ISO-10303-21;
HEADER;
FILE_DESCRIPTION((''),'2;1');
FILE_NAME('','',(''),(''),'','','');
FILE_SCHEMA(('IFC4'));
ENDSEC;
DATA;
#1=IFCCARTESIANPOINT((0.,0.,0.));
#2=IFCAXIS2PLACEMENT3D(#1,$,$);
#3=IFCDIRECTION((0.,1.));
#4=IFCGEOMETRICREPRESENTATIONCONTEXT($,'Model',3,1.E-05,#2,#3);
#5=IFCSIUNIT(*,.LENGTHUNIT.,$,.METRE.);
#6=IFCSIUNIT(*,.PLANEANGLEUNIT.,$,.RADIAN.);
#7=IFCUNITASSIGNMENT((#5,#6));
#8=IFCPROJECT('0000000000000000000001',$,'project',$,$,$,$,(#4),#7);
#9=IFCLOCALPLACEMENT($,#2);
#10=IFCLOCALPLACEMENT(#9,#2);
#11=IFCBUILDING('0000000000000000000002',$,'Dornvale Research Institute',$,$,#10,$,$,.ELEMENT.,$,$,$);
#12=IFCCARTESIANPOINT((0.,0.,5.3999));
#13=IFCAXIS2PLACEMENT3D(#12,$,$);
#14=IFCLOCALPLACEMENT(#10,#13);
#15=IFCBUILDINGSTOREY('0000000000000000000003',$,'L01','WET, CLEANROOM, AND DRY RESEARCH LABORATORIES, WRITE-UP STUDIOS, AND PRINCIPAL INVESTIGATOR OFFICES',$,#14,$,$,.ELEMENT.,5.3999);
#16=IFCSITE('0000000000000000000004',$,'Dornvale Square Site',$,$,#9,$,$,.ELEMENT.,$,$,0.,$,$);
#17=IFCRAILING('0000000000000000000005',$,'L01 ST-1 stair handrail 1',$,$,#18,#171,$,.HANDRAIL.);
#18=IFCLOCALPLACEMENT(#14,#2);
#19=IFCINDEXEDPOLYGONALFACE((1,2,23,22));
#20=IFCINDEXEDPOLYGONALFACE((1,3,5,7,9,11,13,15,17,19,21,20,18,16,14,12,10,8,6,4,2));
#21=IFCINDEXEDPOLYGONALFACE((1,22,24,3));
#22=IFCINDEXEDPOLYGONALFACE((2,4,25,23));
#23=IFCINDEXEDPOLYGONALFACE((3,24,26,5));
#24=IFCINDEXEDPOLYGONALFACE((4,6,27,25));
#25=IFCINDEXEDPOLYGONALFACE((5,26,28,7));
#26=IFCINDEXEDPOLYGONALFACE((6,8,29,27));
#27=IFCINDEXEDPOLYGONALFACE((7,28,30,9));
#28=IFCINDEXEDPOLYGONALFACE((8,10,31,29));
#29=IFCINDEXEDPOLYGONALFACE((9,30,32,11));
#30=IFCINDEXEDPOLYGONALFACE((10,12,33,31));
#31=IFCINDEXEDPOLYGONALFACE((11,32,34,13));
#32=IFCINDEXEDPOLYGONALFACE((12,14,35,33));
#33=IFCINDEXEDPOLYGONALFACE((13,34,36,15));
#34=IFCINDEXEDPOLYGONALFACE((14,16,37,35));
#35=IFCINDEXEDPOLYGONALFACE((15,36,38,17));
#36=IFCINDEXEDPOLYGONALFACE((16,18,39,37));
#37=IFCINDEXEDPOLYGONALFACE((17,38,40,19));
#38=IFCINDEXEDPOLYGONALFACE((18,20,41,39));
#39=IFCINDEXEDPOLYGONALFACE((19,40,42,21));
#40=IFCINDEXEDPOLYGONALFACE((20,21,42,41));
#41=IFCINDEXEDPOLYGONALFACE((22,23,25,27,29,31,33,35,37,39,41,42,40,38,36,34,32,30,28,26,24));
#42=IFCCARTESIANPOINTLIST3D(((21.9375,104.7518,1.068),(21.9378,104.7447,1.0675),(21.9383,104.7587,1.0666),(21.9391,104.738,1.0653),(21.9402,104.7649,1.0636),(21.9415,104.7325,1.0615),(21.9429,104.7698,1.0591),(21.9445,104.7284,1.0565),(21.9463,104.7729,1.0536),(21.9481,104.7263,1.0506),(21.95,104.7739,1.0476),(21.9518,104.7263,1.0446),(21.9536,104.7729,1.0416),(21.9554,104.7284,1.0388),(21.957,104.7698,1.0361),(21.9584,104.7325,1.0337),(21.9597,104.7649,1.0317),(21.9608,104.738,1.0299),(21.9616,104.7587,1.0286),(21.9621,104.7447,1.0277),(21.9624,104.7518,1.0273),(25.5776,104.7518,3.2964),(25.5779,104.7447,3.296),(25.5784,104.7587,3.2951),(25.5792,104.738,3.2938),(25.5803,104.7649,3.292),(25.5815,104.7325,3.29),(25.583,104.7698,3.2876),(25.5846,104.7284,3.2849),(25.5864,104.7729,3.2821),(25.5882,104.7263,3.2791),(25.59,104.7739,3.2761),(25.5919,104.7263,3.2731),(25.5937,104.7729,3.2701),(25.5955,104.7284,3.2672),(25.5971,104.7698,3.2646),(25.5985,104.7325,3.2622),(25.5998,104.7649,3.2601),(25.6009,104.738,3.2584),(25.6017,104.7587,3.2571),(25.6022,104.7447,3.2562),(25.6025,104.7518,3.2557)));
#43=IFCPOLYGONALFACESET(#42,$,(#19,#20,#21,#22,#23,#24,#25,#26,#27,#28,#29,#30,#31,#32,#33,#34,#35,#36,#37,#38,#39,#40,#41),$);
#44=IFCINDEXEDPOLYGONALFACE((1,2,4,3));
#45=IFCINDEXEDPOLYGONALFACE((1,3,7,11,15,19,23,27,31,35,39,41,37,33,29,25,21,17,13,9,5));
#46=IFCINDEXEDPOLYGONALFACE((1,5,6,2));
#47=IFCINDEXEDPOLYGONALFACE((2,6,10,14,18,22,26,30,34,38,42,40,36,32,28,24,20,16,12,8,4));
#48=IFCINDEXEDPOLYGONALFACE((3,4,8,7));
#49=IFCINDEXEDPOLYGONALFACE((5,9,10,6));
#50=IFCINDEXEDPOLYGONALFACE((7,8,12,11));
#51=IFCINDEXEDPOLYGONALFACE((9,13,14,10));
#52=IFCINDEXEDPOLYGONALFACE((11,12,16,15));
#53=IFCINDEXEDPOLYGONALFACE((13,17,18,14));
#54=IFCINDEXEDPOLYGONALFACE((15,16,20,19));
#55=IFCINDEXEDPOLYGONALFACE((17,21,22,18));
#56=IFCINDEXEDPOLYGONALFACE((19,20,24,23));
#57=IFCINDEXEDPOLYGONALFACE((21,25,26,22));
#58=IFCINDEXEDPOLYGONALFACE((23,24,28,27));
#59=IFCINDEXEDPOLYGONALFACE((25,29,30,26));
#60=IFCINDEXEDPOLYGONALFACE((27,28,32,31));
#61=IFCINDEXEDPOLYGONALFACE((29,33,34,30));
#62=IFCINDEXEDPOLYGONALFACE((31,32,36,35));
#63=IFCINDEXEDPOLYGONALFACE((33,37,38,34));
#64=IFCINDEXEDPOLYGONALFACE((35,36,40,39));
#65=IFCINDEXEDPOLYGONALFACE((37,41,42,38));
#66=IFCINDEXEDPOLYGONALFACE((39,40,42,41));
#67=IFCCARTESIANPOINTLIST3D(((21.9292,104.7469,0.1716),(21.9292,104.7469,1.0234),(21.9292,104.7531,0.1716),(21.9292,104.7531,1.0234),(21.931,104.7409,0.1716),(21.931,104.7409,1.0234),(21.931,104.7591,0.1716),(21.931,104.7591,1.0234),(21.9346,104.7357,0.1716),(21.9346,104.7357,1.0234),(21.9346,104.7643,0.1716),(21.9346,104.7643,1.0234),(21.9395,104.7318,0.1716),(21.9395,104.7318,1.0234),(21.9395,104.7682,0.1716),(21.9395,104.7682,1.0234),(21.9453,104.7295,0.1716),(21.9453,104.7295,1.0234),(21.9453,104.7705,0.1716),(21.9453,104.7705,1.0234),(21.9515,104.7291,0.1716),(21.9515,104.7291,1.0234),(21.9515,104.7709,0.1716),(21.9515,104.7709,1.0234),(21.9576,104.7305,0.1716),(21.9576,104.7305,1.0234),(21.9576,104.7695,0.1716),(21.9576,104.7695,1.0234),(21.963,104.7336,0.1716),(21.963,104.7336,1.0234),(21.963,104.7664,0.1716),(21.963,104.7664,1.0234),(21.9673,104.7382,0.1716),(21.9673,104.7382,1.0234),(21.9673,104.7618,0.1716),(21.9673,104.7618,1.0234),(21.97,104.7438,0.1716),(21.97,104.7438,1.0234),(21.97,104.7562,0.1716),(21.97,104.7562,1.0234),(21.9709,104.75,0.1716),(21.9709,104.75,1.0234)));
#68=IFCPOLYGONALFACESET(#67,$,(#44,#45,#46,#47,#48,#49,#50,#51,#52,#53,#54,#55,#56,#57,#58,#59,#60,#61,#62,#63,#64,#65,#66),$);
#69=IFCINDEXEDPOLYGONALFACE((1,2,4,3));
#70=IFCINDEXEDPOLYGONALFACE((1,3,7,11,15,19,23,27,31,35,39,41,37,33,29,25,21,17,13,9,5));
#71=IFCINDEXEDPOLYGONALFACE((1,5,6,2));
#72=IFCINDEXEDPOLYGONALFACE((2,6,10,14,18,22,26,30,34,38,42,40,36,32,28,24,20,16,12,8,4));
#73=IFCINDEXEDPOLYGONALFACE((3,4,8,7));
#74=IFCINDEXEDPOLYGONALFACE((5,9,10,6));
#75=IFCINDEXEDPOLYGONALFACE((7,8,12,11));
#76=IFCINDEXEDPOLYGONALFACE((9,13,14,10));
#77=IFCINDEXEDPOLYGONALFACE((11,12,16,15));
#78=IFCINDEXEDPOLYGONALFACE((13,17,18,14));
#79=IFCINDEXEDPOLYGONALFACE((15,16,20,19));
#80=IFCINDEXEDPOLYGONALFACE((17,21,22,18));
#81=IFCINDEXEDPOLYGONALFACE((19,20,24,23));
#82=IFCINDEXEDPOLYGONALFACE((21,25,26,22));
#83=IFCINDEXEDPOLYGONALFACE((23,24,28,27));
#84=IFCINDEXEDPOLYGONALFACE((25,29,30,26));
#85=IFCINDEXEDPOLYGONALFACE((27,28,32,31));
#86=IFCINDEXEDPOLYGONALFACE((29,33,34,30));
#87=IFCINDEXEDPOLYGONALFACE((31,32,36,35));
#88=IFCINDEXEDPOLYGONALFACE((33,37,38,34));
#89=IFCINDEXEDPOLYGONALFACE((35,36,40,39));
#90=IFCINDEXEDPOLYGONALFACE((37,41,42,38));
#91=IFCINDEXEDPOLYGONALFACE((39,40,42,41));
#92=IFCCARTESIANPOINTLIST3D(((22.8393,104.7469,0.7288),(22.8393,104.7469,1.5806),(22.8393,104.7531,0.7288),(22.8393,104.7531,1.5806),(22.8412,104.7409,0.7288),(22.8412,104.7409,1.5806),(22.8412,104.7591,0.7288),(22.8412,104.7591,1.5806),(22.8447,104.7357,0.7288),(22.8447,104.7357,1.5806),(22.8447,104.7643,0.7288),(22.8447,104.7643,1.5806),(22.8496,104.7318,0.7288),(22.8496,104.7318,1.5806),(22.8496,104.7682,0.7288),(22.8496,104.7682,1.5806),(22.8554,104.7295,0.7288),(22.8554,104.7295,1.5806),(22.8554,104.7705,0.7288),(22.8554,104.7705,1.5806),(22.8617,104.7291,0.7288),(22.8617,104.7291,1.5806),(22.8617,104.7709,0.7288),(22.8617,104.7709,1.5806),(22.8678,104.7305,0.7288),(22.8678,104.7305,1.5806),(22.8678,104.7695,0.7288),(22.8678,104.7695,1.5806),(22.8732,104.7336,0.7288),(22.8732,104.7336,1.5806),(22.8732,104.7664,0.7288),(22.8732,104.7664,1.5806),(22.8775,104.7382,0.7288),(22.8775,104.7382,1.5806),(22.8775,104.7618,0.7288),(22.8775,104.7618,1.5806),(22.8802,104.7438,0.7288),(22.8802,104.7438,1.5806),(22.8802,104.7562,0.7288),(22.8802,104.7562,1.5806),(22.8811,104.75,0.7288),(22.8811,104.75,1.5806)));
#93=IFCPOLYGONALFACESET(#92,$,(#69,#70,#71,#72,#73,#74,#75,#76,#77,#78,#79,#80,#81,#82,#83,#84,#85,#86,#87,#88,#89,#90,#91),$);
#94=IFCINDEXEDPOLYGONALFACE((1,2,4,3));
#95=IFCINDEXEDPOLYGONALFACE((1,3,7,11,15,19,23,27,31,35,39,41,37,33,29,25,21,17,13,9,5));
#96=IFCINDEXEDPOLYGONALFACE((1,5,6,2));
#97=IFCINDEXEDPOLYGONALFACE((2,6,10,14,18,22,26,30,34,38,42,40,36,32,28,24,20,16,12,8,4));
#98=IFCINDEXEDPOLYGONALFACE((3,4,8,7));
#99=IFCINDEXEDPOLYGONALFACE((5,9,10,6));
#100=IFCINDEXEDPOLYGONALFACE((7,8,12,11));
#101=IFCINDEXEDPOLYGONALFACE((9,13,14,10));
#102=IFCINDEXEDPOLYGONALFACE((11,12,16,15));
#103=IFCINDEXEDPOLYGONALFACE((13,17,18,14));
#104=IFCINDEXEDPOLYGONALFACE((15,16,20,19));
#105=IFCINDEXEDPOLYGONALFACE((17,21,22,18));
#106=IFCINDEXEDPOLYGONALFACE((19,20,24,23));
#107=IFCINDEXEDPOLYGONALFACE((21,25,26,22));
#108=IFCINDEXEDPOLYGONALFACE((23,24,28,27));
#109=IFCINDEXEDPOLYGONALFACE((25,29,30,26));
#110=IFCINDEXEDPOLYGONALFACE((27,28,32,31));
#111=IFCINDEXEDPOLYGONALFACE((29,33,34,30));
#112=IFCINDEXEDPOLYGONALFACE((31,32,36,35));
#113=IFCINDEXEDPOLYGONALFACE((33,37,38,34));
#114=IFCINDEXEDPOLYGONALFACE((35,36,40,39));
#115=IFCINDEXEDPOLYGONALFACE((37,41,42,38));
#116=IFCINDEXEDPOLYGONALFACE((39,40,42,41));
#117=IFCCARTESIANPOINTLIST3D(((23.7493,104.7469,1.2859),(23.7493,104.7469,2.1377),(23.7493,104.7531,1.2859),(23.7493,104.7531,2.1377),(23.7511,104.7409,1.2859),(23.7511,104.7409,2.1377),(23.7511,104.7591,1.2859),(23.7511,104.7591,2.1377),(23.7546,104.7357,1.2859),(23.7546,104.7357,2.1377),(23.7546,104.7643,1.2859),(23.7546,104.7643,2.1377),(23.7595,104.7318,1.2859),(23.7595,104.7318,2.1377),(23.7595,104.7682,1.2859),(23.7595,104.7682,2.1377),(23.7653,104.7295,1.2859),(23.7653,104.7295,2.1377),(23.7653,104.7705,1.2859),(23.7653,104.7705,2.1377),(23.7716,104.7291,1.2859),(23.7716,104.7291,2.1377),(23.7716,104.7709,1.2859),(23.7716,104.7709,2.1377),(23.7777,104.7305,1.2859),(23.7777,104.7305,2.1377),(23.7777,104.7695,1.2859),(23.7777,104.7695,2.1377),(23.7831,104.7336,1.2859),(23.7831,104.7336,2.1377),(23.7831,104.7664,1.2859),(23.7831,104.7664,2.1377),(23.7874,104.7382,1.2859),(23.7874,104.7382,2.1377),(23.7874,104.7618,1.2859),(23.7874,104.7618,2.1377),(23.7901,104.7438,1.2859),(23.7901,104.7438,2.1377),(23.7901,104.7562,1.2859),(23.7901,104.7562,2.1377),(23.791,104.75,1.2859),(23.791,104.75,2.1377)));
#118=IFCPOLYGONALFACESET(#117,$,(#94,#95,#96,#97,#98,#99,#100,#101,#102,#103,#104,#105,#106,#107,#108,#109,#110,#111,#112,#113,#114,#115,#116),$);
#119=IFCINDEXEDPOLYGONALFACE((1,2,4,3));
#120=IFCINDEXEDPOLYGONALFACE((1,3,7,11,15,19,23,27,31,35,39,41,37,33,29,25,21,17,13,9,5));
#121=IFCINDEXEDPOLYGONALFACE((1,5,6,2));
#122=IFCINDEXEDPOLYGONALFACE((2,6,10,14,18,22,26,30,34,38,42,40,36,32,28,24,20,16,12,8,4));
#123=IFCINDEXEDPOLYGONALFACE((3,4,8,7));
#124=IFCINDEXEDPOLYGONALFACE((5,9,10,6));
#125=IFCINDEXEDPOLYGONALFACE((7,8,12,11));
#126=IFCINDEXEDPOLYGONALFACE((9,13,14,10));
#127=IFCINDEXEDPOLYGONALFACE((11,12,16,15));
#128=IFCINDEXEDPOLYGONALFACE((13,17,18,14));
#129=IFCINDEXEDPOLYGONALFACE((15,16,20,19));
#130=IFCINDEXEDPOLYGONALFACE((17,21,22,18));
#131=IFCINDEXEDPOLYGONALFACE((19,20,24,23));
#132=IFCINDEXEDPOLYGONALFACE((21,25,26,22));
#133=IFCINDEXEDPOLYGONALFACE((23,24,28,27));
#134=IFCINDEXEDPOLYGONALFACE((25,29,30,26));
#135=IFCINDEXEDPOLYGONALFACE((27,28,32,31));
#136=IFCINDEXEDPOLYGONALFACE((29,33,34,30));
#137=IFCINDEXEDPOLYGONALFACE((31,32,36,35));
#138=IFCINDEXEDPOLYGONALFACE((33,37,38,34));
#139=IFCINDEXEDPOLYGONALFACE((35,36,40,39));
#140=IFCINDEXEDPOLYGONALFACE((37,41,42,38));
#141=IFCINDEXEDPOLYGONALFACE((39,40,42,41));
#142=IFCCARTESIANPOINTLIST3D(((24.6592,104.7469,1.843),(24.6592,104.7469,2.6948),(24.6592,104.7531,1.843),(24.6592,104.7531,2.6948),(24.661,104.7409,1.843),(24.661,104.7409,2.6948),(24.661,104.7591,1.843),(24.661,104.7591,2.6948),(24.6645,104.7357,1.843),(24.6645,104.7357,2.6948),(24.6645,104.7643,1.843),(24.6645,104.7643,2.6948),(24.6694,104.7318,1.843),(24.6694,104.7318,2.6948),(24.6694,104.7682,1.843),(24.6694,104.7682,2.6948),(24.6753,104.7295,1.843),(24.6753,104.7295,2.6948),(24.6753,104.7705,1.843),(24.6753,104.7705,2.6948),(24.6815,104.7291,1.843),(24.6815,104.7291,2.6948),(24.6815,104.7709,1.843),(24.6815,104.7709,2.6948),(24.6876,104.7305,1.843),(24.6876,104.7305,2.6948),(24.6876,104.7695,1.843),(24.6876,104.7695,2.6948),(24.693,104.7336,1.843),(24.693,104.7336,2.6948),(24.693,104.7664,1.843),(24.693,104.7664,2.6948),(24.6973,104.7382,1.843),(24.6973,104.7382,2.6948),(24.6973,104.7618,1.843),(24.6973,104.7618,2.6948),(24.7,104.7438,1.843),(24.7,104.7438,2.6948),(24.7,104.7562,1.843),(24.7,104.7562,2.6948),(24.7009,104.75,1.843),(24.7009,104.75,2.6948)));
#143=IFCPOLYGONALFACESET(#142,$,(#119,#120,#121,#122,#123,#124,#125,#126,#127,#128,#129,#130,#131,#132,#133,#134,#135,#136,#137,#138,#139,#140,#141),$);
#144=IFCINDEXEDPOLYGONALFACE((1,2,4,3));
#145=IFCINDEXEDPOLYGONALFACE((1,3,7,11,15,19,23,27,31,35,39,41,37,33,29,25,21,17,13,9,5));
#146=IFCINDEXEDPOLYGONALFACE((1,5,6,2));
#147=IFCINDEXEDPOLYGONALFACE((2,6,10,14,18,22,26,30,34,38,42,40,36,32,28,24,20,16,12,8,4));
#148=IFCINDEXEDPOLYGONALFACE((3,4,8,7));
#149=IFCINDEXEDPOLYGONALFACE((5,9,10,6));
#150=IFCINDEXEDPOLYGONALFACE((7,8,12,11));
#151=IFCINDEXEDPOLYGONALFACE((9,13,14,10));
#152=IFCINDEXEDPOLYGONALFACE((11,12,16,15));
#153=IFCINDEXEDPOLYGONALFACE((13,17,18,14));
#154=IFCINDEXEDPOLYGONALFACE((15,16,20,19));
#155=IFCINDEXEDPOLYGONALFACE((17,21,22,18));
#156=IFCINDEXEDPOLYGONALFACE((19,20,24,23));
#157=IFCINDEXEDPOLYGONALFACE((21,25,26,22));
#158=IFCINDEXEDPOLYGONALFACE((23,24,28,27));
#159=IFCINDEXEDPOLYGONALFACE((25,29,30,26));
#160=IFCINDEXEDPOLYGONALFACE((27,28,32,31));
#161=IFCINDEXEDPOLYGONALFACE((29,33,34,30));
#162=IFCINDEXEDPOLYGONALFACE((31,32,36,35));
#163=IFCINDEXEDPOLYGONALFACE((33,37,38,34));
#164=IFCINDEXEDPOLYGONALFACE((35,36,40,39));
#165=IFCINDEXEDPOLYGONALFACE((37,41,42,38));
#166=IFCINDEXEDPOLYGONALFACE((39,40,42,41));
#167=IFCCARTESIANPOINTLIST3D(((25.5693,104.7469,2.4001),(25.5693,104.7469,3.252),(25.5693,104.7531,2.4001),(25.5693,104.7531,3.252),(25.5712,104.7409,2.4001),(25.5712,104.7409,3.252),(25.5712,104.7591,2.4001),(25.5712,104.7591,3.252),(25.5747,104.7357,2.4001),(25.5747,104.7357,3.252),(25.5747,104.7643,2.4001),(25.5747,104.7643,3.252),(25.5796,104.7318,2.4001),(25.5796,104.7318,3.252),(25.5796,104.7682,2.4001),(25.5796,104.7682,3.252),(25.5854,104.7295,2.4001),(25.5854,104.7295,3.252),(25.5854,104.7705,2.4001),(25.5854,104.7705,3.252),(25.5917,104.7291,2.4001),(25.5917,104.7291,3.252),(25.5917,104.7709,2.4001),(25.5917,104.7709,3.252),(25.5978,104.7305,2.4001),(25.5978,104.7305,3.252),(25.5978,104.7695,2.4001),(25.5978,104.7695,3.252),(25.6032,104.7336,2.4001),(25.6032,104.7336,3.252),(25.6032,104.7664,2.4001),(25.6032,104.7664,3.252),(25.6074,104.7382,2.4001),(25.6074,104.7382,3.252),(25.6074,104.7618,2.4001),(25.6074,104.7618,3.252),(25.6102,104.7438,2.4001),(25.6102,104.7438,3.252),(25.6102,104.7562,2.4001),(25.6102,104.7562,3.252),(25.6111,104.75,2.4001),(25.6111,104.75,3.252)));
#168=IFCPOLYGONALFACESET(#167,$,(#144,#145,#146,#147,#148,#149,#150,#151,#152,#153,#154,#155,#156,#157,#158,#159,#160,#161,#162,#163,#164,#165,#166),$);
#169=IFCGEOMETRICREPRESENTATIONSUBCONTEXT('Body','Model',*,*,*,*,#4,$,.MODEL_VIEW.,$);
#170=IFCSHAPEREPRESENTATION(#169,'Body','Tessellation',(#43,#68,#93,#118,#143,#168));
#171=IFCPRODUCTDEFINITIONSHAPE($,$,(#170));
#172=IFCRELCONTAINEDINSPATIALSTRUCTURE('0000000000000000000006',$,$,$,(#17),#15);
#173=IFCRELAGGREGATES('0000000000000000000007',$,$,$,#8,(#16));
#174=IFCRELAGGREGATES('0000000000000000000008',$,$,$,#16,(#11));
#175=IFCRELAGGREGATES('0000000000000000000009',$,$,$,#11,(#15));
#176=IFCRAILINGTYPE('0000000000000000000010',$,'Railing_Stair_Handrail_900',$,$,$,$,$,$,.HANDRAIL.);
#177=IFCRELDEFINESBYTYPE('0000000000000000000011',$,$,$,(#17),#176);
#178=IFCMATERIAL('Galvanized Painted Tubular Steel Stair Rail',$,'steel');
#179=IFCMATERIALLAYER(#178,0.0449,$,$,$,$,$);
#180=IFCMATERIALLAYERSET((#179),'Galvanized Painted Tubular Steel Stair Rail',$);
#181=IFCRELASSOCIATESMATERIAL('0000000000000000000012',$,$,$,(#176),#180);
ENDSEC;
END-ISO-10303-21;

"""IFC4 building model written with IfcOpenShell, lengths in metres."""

from ifc_helpers import new_model, si_unit, direction, frame, origin, origin_2d, place, context, subcontext, project, spatial, circle, extrude, material, layer, layer_set, type_object, element, save


model = new_model("IFC4")

# Units and contexts
model_context = context("Model", 3, precision=1e-05, world=origin(), true_north=direction((0.0, 1.0)))
body_context = subcontext(model_context, "Body", "Model", "MODEL_VIEW")
ifc_project = project(units=[si_unit("LENGTHUNIT", "METRE"), si_unit("PLANEANGLEUNIT", "RADIAN")], contexts=[model_context])

# Site, building, storey
site_placement = place(None, origin())
site = spatial("IfcSite", under=ifc_project, at=site_placement, Name="Dornvale Square Site", CompositionType="ELEMENT", RefElevation=0.0)
building_placement = place(site_placement, origin())
building = spatial("IfcBuilding", under=site, at=building_placement, Name="Dornvale Research Institute", CompositionType="ELEMENT")
storey_placement = place(building_placement, frame((0.0, 0.0, 5.3999)))
storey = spatial("IfcBuildingStorey", under=building, at=storey_placement, Name="L01", Description="WET, CLEANROOM, AND DRY RESEARCH LABORATORIES, WRITE-UP STUDIOS, AND PRINCIPAL INVESTIGATOR OFFICES", CompositionType="ELEMENT", Elevation=5.3999)

# Railing
ifc_material_1 = material(Name="Galvanized Painted Tubular Steel Stair Rail", Category="steel")
ifc_layer_1 = layer(ifc_material_1, 0.0449)
ifc_layer_set_1 = layer_set([ifc_layer_1], Name="Galvanized Painted Tubular Steel Stair Rail")
railing_type_1 = type_object("IfcRailingType", Name="Railing_Stair_Handrail_900", PredefinedType="HANDRAIL", material=ifc_layer_set_1)
railing_1_placement = place(storey_placement, frame((21.95, 104.75, 0.1716)))
element("IfcRailing", 1, at=railing_1_placement, inside=storey, type_object=railing_type_1, Name="L01 ST-1 stair handrail 1", PredefinedType="HANDRAIL", context=body_context, shape_type="SweptSolid", body=[
    extrude(circle(Radius=0.0239, at=origin_2d()), frame((0.0, 0.0, 0.876), z_axis=(0.852866, 0.0, 0.52213), x_axis=(0.0, 1.0, 0.0)), (0.0, 0.0, 1.0), 4.2681),
    extrude(circle(Radius=0.021, at=origin_2d()), origin(), (0.0, 0.0, 1.0), 0.8518),
    extrude(circle(Radius=0.021, at=origin_2d()), frame((0.9102, 0.0, 0.5571)), (0.0, 0.0, 1.0), 0.8518),
    extrude(circle(Radius=0.021, at=origin_2d()), frame((1.8201, 0.0, 1.1143)), (0.0, 0.0, 1.0), 0.8518),
    extrude(circle(Radius=0.021, at=origin_2d()), frame((2.73, 0.0, 1.6714)), (0.0, 0.0, 1.0), 0.8518),
    extrude(circle(Radius=0.021, at=origin_2d()), frame((3.6401, 0.0, 2.2285)), (0.0, 0.0, 1.0), 0.8518),
])

save(model, "model.ifc")
